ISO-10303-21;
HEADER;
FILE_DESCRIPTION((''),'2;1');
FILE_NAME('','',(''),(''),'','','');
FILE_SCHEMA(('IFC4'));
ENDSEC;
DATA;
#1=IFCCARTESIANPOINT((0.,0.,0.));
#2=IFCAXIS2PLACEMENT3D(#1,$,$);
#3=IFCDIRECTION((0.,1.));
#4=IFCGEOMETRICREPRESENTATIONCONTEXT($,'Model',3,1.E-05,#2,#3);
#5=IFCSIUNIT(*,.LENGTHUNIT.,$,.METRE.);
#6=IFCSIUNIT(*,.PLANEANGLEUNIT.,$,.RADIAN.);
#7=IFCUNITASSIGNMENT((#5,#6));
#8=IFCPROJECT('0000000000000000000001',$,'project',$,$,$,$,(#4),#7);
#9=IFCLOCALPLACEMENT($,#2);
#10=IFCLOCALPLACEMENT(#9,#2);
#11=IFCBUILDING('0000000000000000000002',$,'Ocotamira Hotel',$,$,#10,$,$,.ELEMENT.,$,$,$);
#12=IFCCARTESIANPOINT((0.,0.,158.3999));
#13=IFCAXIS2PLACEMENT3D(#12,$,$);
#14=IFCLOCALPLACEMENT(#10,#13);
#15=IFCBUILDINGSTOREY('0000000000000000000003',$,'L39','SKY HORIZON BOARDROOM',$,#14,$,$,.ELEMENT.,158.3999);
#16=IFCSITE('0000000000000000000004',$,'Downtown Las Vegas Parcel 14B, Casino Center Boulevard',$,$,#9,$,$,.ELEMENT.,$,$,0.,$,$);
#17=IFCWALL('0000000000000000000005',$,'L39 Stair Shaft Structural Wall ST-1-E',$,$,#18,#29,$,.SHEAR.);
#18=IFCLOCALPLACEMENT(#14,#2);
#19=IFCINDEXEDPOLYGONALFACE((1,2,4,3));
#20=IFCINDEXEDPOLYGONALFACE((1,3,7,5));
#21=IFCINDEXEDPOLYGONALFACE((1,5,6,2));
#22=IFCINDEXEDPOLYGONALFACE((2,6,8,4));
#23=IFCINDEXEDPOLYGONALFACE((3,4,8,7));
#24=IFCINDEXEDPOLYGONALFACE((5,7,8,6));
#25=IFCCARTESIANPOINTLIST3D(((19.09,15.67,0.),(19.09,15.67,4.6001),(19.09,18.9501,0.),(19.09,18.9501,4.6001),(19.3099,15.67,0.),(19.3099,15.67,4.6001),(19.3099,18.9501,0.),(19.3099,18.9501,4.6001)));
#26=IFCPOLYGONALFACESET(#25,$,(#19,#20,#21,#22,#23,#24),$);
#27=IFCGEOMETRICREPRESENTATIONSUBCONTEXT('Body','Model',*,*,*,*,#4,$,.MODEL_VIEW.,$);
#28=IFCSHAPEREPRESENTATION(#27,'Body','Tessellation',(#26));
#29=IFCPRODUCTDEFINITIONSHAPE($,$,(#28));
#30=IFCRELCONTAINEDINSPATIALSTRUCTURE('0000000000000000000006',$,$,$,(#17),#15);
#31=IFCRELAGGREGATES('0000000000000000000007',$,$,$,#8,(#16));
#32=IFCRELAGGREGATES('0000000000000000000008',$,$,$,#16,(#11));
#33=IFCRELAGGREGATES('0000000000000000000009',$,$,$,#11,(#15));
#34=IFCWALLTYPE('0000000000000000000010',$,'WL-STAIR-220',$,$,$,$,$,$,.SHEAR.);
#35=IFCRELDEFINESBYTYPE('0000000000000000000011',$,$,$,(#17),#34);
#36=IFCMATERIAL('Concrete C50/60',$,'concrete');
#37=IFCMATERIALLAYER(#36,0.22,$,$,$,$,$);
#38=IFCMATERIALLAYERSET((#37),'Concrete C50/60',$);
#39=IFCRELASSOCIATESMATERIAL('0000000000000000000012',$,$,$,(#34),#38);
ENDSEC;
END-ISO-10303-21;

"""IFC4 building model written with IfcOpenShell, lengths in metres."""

from ifc_helpers import new_model, si_unit, direction, frame, frame_2d, origin, place, context, subcontext, project, spatial, rectangle, extrude, material, layer, layer_set, type_object, element, save


model = new_model("IFC4")

# Units and contexts
model_context = context("Model", 3, precision=1e-05, world=origin(), true_north=direction((0.0, 1.0)))
body_context = subcontext(model_context, "Body", "Model", "MODEL_VIEW")
ifc_project = project(units=[si_unit("LENGTHUNIT", "METRE"), si_unit("PLANEANGLEUNIT", "RADIAN")], contexts=[model_context])

# Site, building, storey
site_placement = place(None, origin())
site = spatial("IfcSite", under=ifc_project, at=site_placement, Name="Downtown Las Vegas Parcel 14B, Casino Center Boulevard", CompositionType="ELEMENT", RefElevation=0.0)
building_placement = place(site_placement, origin())
building = spatial("IfcBuilding", under=site, at=building_placement, Name="Ocotamira Hotel", CompositionType="ELEMENT")
storey_placement = place(building_placement, frame((0.0, 0.0, 158.3999)))
storey = spatial("IfcBuildingStorey", under=building, at=storey_placement, Name="L39", Description="SKY HORIZON BOARDROOM", CompositionType="ELEMENT", Elevation=158.3999)

# Wall
ifc_material_1 = material(Name="Concrete C50/60", Category="concrete")
ifc_layer_1 = layer(ifc_material_1, 0.22)
ifc_layer_set_1 = layer_set([ifc_layer_1], Name="Concrete C50/60")
wall_type_1 = type_object("IfcWallType", Name="WL-STAIR-220", PredefinedType="SHEAR", material=ifc_layer_set_1)
wall_1_placement = place(storey_placement, frame((19.2, 15.6699, 0.0), z_axis=(0.0, 0.0, 1.0), x_axis=(0.0, 1.0, 0.0)))
element("IfcWall", 1, at=wall_1_placement, inside=storey, type_object=wall_type_1, Name="L39 Stair Shaft Structural Wall ST-1-E", PredefinedType="SHEAR", context=body_context, shape_type="SweptSolid", body=[
    extrude(rectangle(XDim=3.28, YDim=0.22, at=frame_2d((1.6401, 0.0))), origin(), (0.0, 0.0, 1.0), 4.6001),
])

save(model, "model.ifc")
